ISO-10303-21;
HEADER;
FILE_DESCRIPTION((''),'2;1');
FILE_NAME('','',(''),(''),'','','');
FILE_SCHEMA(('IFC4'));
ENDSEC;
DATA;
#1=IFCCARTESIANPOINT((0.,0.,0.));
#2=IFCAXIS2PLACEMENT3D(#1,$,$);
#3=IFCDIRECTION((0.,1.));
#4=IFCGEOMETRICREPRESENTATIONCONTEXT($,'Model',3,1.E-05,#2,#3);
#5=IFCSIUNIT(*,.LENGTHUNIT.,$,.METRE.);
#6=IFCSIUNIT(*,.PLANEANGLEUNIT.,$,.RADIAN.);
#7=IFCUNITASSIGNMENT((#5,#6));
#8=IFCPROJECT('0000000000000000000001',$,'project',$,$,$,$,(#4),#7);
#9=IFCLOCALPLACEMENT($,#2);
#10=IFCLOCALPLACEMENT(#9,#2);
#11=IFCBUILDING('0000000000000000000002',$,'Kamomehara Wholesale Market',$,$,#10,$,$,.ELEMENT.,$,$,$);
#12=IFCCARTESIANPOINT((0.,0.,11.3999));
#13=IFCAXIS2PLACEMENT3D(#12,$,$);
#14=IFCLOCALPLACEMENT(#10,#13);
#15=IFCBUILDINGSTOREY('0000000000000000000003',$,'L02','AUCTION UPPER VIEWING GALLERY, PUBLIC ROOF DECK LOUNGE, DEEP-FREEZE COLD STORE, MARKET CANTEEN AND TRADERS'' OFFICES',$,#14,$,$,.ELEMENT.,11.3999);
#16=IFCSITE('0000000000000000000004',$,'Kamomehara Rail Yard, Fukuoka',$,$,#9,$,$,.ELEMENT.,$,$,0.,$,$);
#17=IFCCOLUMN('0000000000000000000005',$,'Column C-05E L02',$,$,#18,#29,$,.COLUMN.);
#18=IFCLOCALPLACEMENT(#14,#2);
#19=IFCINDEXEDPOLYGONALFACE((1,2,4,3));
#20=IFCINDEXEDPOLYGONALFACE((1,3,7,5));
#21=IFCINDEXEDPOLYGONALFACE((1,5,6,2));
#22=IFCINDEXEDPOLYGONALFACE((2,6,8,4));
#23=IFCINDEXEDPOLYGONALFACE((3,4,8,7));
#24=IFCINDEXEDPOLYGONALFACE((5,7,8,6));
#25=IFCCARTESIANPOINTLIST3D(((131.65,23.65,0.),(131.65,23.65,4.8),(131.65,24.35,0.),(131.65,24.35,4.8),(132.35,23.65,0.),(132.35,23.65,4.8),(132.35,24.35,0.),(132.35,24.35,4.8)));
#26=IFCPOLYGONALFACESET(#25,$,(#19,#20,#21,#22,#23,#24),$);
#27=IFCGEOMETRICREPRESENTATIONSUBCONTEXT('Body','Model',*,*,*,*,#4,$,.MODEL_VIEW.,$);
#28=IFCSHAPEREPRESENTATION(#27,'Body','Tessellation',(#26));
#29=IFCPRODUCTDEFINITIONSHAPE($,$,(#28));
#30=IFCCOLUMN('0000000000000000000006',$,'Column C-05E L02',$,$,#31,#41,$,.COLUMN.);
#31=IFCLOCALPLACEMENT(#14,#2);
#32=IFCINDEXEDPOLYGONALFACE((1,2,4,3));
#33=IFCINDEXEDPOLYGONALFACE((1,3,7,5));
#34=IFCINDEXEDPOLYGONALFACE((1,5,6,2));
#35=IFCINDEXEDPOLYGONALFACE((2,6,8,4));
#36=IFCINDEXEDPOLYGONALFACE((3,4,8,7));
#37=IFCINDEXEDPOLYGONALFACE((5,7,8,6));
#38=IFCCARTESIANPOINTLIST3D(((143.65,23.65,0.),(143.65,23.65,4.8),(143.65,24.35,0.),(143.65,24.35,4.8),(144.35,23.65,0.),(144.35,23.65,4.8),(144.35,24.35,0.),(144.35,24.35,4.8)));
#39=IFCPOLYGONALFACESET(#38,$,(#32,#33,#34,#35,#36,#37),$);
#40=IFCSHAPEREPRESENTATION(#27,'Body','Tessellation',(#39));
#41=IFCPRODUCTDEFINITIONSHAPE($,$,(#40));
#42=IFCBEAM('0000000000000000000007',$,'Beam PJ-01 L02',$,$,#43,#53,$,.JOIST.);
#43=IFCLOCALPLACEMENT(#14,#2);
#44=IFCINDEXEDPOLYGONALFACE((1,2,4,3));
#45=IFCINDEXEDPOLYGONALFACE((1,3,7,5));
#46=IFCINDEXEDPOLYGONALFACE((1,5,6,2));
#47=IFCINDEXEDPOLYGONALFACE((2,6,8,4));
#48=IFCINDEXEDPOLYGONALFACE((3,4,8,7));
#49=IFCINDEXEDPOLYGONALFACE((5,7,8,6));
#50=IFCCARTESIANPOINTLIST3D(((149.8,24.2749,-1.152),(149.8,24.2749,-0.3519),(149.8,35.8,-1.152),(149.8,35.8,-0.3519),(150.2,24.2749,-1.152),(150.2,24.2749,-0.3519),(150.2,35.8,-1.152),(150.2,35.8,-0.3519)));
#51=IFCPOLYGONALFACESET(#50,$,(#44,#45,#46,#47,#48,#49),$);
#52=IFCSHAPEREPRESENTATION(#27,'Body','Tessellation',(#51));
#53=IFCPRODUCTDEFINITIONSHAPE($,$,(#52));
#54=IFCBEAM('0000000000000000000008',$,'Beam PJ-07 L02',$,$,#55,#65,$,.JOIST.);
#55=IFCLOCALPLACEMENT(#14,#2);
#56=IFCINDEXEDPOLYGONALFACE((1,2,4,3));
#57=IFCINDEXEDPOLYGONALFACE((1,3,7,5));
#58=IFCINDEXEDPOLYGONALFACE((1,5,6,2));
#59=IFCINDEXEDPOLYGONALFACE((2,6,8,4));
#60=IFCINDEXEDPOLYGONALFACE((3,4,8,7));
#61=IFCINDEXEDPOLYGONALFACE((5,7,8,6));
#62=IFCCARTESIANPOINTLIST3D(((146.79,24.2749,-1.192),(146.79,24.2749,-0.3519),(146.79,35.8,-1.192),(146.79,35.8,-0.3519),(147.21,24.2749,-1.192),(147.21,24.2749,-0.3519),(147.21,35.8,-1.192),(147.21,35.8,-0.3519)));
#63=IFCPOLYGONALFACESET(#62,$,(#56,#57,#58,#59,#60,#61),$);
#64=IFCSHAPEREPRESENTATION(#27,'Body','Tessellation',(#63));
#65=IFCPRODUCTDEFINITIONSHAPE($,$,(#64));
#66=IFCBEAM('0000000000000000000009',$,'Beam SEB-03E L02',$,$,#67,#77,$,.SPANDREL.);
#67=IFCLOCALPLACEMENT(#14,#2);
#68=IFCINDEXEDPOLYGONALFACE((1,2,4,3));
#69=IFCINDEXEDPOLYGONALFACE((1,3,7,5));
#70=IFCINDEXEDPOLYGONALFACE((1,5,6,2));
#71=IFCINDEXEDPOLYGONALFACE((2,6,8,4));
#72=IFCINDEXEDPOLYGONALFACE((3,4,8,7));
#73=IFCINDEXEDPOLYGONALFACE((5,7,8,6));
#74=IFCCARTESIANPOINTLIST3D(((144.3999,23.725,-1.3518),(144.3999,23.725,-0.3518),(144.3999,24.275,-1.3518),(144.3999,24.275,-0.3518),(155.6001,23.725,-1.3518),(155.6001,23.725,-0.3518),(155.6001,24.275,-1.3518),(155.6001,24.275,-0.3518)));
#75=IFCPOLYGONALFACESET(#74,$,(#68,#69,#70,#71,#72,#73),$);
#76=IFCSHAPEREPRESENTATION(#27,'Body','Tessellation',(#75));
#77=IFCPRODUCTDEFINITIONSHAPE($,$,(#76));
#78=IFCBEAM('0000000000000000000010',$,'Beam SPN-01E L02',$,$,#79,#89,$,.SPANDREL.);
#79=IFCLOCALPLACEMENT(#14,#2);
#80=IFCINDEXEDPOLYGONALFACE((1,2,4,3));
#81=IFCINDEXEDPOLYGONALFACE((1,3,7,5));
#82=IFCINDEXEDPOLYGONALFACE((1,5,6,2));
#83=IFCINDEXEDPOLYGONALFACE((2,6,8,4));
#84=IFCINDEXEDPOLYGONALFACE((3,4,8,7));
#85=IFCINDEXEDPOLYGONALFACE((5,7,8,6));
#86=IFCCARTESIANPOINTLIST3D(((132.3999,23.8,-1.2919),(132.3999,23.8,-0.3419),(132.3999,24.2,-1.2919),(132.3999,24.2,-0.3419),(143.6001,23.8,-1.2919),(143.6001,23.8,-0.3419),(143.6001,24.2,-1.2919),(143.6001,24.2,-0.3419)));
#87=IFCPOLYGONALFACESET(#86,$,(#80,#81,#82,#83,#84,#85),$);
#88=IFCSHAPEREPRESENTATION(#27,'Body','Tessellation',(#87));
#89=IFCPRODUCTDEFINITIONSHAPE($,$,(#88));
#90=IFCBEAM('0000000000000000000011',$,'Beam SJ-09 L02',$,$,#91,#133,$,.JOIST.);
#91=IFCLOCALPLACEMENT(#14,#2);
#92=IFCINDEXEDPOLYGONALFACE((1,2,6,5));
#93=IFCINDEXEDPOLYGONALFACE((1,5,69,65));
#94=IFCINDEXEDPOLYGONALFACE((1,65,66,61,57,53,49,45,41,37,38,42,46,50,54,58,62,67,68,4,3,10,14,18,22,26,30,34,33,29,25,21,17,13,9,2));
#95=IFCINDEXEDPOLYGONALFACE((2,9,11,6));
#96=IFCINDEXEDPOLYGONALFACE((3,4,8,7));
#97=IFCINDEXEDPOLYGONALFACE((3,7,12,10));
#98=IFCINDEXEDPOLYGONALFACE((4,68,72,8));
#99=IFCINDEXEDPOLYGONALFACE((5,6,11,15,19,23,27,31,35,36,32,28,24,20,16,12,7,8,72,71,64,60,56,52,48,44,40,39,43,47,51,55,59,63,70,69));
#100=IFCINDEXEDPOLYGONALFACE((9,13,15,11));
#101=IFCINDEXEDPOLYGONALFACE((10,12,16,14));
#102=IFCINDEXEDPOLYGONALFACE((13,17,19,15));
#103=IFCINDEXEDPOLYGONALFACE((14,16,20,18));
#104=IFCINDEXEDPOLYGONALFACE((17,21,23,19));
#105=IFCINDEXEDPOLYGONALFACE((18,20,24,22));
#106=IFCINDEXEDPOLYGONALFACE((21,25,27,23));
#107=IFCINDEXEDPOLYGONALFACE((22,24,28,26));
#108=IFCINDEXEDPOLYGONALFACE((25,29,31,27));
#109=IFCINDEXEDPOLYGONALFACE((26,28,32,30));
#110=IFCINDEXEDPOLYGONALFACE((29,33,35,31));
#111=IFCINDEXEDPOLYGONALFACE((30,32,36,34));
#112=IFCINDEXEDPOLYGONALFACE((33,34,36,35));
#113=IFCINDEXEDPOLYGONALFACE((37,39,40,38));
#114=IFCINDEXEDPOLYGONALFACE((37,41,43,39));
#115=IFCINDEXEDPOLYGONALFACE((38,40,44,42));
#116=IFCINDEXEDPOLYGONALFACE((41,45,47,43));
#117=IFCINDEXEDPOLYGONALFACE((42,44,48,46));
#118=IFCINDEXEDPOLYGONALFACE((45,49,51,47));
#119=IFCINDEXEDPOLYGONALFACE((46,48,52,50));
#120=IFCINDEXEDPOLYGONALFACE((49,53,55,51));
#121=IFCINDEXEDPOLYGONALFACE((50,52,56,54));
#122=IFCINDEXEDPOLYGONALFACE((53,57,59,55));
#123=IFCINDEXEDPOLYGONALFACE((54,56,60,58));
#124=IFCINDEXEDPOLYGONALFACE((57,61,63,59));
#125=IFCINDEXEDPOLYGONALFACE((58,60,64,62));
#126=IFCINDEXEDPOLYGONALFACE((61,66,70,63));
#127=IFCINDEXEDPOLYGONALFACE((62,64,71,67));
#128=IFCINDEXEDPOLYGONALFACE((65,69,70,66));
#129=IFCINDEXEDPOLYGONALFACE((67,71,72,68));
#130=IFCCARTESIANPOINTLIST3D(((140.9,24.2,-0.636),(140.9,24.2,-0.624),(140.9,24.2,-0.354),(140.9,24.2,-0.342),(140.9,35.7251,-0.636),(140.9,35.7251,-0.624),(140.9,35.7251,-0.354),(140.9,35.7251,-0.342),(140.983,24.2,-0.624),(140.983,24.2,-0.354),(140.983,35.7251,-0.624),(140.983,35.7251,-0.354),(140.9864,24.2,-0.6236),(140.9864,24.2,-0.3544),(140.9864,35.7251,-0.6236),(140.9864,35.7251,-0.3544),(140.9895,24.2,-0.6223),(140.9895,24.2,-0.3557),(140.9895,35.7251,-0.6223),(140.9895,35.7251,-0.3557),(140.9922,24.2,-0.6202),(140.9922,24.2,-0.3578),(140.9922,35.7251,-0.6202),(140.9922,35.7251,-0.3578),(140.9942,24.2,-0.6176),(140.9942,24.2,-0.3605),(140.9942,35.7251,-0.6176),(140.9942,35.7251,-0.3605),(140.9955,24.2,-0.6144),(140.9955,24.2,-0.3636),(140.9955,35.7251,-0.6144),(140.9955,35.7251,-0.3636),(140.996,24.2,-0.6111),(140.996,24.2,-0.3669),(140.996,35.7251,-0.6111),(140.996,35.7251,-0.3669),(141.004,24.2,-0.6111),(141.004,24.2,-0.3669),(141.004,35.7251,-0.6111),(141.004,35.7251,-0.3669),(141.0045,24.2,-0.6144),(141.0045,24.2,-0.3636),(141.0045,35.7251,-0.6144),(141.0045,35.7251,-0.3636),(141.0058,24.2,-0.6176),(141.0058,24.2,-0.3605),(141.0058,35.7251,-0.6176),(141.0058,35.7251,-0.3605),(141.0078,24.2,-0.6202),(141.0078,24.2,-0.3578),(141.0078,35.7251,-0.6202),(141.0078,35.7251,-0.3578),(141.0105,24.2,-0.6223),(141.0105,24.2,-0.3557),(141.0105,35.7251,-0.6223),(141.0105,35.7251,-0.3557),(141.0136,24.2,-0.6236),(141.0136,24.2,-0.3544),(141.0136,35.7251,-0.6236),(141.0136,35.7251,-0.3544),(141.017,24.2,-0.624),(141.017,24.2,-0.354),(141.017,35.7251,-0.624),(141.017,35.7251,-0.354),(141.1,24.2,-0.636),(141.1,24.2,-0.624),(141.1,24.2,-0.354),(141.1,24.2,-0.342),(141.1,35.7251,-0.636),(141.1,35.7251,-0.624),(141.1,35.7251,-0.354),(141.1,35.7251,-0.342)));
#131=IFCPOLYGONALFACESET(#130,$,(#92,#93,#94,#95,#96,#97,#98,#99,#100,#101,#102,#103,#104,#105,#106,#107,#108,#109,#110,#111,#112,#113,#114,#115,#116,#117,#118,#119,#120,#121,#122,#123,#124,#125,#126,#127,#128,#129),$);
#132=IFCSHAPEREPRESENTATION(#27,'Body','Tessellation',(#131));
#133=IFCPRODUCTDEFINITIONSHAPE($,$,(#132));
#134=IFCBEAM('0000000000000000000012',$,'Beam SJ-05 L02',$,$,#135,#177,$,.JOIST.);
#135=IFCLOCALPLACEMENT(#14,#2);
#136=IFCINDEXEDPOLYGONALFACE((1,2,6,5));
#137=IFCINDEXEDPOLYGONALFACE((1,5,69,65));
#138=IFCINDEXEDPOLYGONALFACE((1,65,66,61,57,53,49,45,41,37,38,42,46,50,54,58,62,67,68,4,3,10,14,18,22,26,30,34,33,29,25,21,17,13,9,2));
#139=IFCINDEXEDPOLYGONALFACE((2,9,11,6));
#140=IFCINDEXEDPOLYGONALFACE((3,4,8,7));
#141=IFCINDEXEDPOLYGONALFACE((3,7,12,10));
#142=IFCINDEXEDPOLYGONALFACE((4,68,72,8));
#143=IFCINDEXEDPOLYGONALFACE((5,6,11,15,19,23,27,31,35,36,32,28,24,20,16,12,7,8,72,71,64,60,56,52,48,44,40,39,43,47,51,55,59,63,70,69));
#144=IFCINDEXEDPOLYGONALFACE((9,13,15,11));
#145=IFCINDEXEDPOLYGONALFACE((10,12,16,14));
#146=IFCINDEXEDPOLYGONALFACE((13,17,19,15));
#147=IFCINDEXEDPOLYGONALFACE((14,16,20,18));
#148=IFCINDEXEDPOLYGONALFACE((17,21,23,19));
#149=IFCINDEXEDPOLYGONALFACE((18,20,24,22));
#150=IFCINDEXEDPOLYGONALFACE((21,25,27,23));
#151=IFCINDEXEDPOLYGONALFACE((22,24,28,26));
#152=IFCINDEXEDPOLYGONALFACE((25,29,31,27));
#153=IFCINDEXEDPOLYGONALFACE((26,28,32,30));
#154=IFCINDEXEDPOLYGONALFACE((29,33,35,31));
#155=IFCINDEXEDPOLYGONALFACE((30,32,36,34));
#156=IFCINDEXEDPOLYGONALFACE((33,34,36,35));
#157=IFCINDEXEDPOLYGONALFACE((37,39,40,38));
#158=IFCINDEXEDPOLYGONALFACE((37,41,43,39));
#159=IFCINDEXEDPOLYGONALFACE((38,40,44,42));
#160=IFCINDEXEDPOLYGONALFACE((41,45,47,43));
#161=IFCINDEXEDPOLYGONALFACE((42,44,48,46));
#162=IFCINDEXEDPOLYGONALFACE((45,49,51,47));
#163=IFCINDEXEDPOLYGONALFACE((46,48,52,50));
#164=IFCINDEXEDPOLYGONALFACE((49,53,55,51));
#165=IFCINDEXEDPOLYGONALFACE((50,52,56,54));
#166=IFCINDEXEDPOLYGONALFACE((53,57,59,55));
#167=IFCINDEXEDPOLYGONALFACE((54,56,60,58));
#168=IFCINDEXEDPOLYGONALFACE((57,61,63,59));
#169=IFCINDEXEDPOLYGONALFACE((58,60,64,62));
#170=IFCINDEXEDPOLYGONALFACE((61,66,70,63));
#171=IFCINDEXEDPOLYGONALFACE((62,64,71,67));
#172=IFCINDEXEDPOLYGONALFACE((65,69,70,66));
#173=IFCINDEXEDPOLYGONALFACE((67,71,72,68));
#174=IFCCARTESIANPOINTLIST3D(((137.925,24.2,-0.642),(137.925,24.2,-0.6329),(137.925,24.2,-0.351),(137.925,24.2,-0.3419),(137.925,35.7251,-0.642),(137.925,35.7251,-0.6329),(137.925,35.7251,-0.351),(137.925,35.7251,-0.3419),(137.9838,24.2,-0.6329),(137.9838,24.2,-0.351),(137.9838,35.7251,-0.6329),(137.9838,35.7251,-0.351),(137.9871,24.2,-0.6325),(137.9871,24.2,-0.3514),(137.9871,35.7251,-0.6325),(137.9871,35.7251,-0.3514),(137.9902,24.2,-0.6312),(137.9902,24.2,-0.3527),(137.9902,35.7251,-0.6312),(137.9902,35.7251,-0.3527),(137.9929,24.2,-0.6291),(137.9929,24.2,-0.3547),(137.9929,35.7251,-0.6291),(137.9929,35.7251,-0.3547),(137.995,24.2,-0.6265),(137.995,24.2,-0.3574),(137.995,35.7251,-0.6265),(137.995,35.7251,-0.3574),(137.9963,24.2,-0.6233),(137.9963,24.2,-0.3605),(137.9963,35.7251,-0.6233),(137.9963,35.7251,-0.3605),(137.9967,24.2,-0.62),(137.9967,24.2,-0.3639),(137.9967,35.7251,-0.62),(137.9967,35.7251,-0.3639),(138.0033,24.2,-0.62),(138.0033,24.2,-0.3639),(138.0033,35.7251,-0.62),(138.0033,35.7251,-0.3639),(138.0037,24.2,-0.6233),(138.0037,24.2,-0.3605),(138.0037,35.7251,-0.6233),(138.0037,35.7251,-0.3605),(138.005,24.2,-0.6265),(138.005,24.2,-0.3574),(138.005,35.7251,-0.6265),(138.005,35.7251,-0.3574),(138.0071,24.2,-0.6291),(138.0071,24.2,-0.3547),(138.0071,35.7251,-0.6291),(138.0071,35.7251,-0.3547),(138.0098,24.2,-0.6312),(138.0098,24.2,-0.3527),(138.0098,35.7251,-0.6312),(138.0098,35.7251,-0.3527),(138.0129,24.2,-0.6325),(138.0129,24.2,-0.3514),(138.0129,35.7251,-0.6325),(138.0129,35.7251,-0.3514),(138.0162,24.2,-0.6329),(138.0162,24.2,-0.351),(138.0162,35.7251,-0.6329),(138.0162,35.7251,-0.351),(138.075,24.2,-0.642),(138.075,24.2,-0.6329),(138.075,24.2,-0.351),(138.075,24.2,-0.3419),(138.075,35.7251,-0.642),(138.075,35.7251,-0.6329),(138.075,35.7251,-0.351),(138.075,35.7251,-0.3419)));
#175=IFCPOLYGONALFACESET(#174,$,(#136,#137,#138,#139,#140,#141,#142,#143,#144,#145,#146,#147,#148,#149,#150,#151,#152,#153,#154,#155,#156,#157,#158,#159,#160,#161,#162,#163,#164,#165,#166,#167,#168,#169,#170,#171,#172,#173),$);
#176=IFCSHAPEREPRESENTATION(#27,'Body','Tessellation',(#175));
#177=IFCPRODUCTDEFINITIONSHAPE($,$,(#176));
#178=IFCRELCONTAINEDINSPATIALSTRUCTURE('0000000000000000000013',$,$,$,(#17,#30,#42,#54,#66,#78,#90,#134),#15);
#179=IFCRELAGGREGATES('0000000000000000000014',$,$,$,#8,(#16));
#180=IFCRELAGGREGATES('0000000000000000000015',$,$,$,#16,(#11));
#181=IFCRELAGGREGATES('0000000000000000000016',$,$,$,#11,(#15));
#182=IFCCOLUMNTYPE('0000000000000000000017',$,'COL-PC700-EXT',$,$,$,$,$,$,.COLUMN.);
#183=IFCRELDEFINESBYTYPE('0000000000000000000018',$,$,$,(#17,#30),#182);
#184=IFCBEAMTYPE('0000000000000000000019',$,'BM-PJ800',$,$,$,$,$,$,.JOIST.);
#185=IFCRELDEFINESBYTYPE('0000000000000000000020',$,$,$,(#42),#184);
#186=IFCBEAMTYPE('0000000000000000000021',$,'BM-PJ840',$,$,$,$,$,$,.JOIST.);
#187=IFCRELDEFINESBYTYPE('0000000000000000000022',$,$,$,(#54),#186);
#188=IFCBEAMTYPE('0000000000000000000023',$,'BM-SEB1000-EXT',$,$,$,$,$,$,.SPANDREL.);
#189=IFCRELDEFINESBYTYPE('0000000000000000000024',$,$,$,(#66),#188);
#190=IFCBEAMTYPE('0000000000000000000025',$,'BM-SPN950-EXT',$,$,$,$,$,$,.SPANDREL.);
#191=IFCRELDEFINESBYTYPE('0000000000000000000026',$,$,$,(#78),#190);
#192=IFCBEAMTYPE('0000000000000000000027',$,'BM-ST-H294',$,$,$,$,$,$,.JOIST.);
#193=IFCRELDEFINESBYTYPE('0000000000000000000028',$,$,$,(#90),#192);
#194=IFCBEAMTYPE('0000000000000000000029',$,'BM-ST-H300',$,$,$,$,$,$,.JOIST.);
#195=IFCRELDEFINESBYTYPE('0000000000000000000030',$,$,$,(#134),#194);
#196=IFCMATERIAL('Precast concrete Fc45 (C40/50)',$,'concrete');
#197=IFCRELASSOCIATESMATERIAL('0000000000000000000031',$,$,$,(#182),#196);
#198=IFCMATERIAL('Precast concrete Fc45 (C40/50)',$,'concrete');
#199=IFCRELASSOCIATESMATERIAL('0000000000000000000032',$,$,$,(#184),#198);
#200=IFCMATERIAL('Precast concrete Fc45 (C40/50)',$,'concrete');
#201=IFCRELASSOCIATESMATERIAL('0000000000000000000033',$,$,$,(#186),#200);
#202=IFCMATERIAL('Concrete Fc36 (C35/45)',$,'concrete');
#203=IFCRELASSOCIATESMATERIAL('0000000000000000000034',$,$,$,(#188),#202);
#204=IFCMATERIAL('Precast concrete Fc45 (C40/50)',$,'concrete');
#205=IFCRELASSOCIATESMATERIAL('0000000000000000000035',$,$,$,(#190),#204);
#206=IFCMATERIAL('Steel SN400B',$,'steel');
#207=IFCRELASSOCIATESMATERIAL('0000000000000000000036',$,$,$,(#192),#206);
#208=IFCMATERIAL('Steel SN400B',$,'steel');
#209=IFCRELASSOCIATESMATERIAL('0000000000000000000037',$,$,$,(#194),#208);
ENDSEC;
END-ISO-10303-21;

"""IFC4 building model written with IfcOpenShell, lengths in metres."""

from ifc_helpers import new_model, si_unit, direction, frame, origin, origin_2d, place, context, subcontext, project, spatial, rectangle, i_section, extrude, material, material_profile, profile_set, type_object, element, save


model = new_model("IFC4")

# Units and contexts
model_context = context("Model", 3, precision=1e-05, world=origin(), true_north=direction((0.0, 1.0)))
body_context = subcontext(model_context, "Body", "Model", "MODEL_VIEW")
ifc_project = project(units=[si_unit("LENGTHUNIT", "METRE"), si_unit("PLANEANGLEUNIT", "RADIAN")], contexts=[model_context])

# Site, building, storey
site_placement = place(None, origin())
site = spatial("IfcSite", under=ifc_project, at=site_placement, Name="Kamomehara Rail Yard, Fukuoka", CompositionType="ELEMENT", RefElevation=0.0)
building_placement = place(site_placement, origin())
building = spatial("IfcBuilding", under=site, at=building_placement, Name="Kamomehara Wholesale Market", CompositionType="ELEMENT")
storey_placement = place(building_placement, frame((0.0, 0.0, 11.3999)))
storey = spatial("IfcBuildingStorey", under=building, at=storey_placement, Name="L02", Description="AUCTION UPPER VIEWING GALLERY, PUBLIC ROOF DECK LOUNGE, DEEP-FREEZE COLD STORE, MARKET CANTEEN AND TRADERS' OFFICES", CompositionType="ELEMENT", Elevation=11.3999)

# Columns
ifc_material_1 = material(Name="Precast concrete Fc45 (C40/50)", Category="concrete")
ifc_material_profile_1 = material_profile(ifc_material_1, rectangle(XDim=0.7, YDim=0.7, at=origin_2d()), Name="PC-COL-700x700")
ifc_profile_set_1 = profile_set([ifc_material_profile_1], Name="Precast concrete Fc45 (C40/50)")
column_type = type_object("IfcColumnType", Name="COL-PC700-EXT", PredefinedType="COLUMN", material=ifc_profile_set_1)
for number, where, z_axis, x_axis, name in (
    (1, (132.0, 24.0, 0.0), (0.0, 0.0, 1.0), (1.0, 0.0, 0.0), "Column C-05E L02"),
    (2, (144.0, 24.0, 0.0), (0.0, 0.0, 1.0), (1.0, 0.0, 0.0), "Column C-05E L02"),
):
    element("IfcColumn", number, at=place(storey_placement, frame(where, z_axis=z_axis, x_axis=x_axis)), inside=storey, type_object=column_type, Name=name, PredefinedType="COLUMN", context=body_context, shape_type="SweptSolid", body=[
        extrude(rectangle(XDim=0.7, YDim=0.7, at=origin_2d()), origin(), (0.0, 0.0, 1.0), 4.8),
    ])

# Beams
ifc_material_2 = material(Name="Precast concrete Fc45 (C40/50)", Category="concrete")
ifc_material_profile_2 = material_profile(ifc_material_2, rectangle(XDim=0.3999, YDim=0.8, at=origin_2d()), Name="PC-JST-400x800")
ifc_profile_set_2 = profile_set([ifc_material_profile_2], Name="Precast concrete Fc45 (C40/50)")
beam_type_1 = type_object("IfcBeamType", Name="BM-PJ800", PredefinedType="JOIST", material=ifc_profile_set_2)
beam_1_placement = place(storey_placement, frame((150.0, 24.2749, -0.752), z_axis=(0.0, 1.0, 0.0), x_axis=(-1.0, 0.0, 0.0)))
element("IfcBeam", 3, at=beam_1_placement, inside=storey, type_object=beam_type_1, Name="Beam PJ-01 L02", PredefinedType="JOIST", context=body_context, shape_type="SweptSolid", body=[
    extrude(rectangle(XDim=0.3999, YDim=0.8, at=origin_2d()), origin(), (0.0, 0.0, 1.0), 11.5251),
])
ifc_material_3 = material(Name="Precast concrete Fc45 (C40/50)", Category="concrete")
ifc_material_profile_3 = material_profile(ifc_material_3, rectangle(XDim=0.4199, YDim=0.8401, at=origin_2d()), Name="PC-JST-420x840")
ifc_profile_set_3 = profile_set([ifc_material_profile_3], Name="Precast concrete Fc45 (C40/50)")
beam_type_2 = type_object("IfcBeamType", Name="BM-PJ840", PredefinedType="JOIST", material=ifc_profile_set_3)
beam_2_placement = place(storey_placement, frame((147.0, 24.2749, -0.772), z_axis=(0.0, 1.0, 0.0), x_axis=(-1.0, 0.0, 0.0)))
element("IfcBeam", 4, at=beam_2_placement, inside=storey, type_object=beam_type_2, Name="Beam PJ-07 L02", PredefinedType="JOIST", context=body_context, shape_type="SweptSolid", body=[
    extrude(rectangle(XDim=0.4199, YDim=0.8401, at=origin_2d()), origin(), (0.0, 0.0, 1.0), 11.5251),
])
ifc_material_4 = material(Name="Concrete Fc36 (C35/45)", Category="concrete")
ifc_material_profile_4 = material_profile(ifc_material_4, rectangle(XDim=0.55, YDim=1.0, at=origin_2d()), Name="RC-SEB-550x1000")
ifc_profile_set_4 = profile_set([ifc_material_profile_4], Name="Concrete Fc36 (C35/45)")
beam_type_3 = type_object("IfcBeamType", Name="BM-SEB1000-EXT", PredefinedType="SPANDREL", material=ifc_profile_set_4)
beam_3_placement = place(storey_placement, frame((144.3999, 24.0, -0.8518), z_axis=(1.0, 0.0, 0.0), x_axis=(0.0, 1.0, 0.0)))
element("IfcBeam", 5, at=beam_3_placement, inside=storey, type_object=beam_type_3, Name="Beam SEB-03E L02", PredefinedType="SPANDREL", context=body_context, shape_type="SweptSolid", body=[
    extrude(rectangle(XDim=0.55, YDim=1.0, at=origin_2d()), origin(), (0.0, 0.0, 1.0), 11.2002),
])
ifc_material_5 = material(Name="Precast concrete Fc45 (C40/50)", Category="concrete")
ifc_material_profile_5 = material_profile(ifc_material_5, rectangle(XDim=0.3999, YDim=0.95, at=origin_2d()), Name="PC-SPN-400x950")
ifc_profile_set_5 = profile_set([ifc_material_profile_5], Name="Precast concrete Fc45 (C40/50)")
beam_type_4 = type_object("IfcBeamType", Name="BM-SPN950-EXT", PredefinedType="SPANDREL", material=ifc_profile_set_5)
beam_4_placement = place(storey_placement, frame((132.3999, 24.0, -0.8169), z_axis=(1.0, 0.0, 0.0), x_axis=(0.0, 1.0, 0.0)))
element("IfcBeam", 6, at=beam_4_placement, inside=storey, type_object=beam_type_4, Name="Beam SPN-01E L02", PredefinedType="SPANDREL", context=body_context, shape_type="SweptSolid", body=[
    extrude(rectangle(XDim=0.3999, YDim=0.95, at=origin_2d()), origin(), (0.0, 0.0, 1.0), 11.2002),
])
ifc_material_6 = material(Name="Steel SN400B", Category="steel")
ifc_material_profile_6 = material_profile(ifc_material_6, i_section(OverallWidth=0.2, OverallDepth=0.2939, WebThickness=0.0081, FlangeThickness=0.012, FilletRadius=0.0129, at=origin_2d()), Name="H-294x200x8x12")
ifc_profile_set_6 = profile_set([ifc_material_profile_6], Name="Steel SN400B")
beam_type_5 = type_object("IfcBeamType", Name="BM-ST-H294", PredefinedType="JOIST", material=ifc_profile_set_6)
beam_5_placement = place(storey_placement, frame((141.0, 24.2, -0.489), z_axis=(0.0, 1.0, 0.0), x_axis=(-1.0, 0.0, 0.0)))
element("IfcBeam", 7, at=beam_5_placement, inside=storey, type_object=beam_type_5, Name="Beam SJ-09 L02", PredefinedType="JOIST", context=body_context, shape_type="SweptSolid", body=[
    extrude(i_section(OverallWidth=0.2, OverallDepth=0.2939, WebThickness=0.0081, FlangeThickness=0.012, FilletRadius=0.0129, at=origin_2d()), origin(), (0.0, 0.0, 1.0), 11.5251),
])
ifc_material_7 = material(Name="Steel SN400B", Category="steel")
ifc_material_profile_7 = material_profile(ifc_material_7, i_section(OverallWidth=0.1499, OverallDepth=0.3, WebThickness=0.0066, FlangeThickness=0.009, FilletRadius=0.0129, at=origin_2d()), Name="H-300x150x6.5x9")
ifc_profile_set_7 = profile_set([ifc_material_profile_7], Name="Steel SN400B")
beam_type_6 = type_object("IfcBeamType", Name="BM-ST-H300", PredefinedType="JOIST", material=ifc_profile_set_7)
beam_6_placement = place(storey_placement, frame((138.0, 24.2, -0.4919), z_axis=(0.0, 1.0, 0.0), x_axis=(-1.0, 0.0, 0.0)))
element("IfcBeam", 8, at=beam_6_placement, inside=storey, type_object=beam_type_6, Name="Beam SJ-05 L02", PredefinedType="JOIST", context=body_context, shape_type="SweptSolid", body=[
    extrude(i_section(OverallWidth=0.1499, OverallDepth=0.3, WebThickness=0.0066, FlangeThickness=0.009, FilletRadius=0.0129, at=origin_2d()), origin(), (0.0, 0.0, 1.0), 11.5251),
])

save(model, "model.ifc")
